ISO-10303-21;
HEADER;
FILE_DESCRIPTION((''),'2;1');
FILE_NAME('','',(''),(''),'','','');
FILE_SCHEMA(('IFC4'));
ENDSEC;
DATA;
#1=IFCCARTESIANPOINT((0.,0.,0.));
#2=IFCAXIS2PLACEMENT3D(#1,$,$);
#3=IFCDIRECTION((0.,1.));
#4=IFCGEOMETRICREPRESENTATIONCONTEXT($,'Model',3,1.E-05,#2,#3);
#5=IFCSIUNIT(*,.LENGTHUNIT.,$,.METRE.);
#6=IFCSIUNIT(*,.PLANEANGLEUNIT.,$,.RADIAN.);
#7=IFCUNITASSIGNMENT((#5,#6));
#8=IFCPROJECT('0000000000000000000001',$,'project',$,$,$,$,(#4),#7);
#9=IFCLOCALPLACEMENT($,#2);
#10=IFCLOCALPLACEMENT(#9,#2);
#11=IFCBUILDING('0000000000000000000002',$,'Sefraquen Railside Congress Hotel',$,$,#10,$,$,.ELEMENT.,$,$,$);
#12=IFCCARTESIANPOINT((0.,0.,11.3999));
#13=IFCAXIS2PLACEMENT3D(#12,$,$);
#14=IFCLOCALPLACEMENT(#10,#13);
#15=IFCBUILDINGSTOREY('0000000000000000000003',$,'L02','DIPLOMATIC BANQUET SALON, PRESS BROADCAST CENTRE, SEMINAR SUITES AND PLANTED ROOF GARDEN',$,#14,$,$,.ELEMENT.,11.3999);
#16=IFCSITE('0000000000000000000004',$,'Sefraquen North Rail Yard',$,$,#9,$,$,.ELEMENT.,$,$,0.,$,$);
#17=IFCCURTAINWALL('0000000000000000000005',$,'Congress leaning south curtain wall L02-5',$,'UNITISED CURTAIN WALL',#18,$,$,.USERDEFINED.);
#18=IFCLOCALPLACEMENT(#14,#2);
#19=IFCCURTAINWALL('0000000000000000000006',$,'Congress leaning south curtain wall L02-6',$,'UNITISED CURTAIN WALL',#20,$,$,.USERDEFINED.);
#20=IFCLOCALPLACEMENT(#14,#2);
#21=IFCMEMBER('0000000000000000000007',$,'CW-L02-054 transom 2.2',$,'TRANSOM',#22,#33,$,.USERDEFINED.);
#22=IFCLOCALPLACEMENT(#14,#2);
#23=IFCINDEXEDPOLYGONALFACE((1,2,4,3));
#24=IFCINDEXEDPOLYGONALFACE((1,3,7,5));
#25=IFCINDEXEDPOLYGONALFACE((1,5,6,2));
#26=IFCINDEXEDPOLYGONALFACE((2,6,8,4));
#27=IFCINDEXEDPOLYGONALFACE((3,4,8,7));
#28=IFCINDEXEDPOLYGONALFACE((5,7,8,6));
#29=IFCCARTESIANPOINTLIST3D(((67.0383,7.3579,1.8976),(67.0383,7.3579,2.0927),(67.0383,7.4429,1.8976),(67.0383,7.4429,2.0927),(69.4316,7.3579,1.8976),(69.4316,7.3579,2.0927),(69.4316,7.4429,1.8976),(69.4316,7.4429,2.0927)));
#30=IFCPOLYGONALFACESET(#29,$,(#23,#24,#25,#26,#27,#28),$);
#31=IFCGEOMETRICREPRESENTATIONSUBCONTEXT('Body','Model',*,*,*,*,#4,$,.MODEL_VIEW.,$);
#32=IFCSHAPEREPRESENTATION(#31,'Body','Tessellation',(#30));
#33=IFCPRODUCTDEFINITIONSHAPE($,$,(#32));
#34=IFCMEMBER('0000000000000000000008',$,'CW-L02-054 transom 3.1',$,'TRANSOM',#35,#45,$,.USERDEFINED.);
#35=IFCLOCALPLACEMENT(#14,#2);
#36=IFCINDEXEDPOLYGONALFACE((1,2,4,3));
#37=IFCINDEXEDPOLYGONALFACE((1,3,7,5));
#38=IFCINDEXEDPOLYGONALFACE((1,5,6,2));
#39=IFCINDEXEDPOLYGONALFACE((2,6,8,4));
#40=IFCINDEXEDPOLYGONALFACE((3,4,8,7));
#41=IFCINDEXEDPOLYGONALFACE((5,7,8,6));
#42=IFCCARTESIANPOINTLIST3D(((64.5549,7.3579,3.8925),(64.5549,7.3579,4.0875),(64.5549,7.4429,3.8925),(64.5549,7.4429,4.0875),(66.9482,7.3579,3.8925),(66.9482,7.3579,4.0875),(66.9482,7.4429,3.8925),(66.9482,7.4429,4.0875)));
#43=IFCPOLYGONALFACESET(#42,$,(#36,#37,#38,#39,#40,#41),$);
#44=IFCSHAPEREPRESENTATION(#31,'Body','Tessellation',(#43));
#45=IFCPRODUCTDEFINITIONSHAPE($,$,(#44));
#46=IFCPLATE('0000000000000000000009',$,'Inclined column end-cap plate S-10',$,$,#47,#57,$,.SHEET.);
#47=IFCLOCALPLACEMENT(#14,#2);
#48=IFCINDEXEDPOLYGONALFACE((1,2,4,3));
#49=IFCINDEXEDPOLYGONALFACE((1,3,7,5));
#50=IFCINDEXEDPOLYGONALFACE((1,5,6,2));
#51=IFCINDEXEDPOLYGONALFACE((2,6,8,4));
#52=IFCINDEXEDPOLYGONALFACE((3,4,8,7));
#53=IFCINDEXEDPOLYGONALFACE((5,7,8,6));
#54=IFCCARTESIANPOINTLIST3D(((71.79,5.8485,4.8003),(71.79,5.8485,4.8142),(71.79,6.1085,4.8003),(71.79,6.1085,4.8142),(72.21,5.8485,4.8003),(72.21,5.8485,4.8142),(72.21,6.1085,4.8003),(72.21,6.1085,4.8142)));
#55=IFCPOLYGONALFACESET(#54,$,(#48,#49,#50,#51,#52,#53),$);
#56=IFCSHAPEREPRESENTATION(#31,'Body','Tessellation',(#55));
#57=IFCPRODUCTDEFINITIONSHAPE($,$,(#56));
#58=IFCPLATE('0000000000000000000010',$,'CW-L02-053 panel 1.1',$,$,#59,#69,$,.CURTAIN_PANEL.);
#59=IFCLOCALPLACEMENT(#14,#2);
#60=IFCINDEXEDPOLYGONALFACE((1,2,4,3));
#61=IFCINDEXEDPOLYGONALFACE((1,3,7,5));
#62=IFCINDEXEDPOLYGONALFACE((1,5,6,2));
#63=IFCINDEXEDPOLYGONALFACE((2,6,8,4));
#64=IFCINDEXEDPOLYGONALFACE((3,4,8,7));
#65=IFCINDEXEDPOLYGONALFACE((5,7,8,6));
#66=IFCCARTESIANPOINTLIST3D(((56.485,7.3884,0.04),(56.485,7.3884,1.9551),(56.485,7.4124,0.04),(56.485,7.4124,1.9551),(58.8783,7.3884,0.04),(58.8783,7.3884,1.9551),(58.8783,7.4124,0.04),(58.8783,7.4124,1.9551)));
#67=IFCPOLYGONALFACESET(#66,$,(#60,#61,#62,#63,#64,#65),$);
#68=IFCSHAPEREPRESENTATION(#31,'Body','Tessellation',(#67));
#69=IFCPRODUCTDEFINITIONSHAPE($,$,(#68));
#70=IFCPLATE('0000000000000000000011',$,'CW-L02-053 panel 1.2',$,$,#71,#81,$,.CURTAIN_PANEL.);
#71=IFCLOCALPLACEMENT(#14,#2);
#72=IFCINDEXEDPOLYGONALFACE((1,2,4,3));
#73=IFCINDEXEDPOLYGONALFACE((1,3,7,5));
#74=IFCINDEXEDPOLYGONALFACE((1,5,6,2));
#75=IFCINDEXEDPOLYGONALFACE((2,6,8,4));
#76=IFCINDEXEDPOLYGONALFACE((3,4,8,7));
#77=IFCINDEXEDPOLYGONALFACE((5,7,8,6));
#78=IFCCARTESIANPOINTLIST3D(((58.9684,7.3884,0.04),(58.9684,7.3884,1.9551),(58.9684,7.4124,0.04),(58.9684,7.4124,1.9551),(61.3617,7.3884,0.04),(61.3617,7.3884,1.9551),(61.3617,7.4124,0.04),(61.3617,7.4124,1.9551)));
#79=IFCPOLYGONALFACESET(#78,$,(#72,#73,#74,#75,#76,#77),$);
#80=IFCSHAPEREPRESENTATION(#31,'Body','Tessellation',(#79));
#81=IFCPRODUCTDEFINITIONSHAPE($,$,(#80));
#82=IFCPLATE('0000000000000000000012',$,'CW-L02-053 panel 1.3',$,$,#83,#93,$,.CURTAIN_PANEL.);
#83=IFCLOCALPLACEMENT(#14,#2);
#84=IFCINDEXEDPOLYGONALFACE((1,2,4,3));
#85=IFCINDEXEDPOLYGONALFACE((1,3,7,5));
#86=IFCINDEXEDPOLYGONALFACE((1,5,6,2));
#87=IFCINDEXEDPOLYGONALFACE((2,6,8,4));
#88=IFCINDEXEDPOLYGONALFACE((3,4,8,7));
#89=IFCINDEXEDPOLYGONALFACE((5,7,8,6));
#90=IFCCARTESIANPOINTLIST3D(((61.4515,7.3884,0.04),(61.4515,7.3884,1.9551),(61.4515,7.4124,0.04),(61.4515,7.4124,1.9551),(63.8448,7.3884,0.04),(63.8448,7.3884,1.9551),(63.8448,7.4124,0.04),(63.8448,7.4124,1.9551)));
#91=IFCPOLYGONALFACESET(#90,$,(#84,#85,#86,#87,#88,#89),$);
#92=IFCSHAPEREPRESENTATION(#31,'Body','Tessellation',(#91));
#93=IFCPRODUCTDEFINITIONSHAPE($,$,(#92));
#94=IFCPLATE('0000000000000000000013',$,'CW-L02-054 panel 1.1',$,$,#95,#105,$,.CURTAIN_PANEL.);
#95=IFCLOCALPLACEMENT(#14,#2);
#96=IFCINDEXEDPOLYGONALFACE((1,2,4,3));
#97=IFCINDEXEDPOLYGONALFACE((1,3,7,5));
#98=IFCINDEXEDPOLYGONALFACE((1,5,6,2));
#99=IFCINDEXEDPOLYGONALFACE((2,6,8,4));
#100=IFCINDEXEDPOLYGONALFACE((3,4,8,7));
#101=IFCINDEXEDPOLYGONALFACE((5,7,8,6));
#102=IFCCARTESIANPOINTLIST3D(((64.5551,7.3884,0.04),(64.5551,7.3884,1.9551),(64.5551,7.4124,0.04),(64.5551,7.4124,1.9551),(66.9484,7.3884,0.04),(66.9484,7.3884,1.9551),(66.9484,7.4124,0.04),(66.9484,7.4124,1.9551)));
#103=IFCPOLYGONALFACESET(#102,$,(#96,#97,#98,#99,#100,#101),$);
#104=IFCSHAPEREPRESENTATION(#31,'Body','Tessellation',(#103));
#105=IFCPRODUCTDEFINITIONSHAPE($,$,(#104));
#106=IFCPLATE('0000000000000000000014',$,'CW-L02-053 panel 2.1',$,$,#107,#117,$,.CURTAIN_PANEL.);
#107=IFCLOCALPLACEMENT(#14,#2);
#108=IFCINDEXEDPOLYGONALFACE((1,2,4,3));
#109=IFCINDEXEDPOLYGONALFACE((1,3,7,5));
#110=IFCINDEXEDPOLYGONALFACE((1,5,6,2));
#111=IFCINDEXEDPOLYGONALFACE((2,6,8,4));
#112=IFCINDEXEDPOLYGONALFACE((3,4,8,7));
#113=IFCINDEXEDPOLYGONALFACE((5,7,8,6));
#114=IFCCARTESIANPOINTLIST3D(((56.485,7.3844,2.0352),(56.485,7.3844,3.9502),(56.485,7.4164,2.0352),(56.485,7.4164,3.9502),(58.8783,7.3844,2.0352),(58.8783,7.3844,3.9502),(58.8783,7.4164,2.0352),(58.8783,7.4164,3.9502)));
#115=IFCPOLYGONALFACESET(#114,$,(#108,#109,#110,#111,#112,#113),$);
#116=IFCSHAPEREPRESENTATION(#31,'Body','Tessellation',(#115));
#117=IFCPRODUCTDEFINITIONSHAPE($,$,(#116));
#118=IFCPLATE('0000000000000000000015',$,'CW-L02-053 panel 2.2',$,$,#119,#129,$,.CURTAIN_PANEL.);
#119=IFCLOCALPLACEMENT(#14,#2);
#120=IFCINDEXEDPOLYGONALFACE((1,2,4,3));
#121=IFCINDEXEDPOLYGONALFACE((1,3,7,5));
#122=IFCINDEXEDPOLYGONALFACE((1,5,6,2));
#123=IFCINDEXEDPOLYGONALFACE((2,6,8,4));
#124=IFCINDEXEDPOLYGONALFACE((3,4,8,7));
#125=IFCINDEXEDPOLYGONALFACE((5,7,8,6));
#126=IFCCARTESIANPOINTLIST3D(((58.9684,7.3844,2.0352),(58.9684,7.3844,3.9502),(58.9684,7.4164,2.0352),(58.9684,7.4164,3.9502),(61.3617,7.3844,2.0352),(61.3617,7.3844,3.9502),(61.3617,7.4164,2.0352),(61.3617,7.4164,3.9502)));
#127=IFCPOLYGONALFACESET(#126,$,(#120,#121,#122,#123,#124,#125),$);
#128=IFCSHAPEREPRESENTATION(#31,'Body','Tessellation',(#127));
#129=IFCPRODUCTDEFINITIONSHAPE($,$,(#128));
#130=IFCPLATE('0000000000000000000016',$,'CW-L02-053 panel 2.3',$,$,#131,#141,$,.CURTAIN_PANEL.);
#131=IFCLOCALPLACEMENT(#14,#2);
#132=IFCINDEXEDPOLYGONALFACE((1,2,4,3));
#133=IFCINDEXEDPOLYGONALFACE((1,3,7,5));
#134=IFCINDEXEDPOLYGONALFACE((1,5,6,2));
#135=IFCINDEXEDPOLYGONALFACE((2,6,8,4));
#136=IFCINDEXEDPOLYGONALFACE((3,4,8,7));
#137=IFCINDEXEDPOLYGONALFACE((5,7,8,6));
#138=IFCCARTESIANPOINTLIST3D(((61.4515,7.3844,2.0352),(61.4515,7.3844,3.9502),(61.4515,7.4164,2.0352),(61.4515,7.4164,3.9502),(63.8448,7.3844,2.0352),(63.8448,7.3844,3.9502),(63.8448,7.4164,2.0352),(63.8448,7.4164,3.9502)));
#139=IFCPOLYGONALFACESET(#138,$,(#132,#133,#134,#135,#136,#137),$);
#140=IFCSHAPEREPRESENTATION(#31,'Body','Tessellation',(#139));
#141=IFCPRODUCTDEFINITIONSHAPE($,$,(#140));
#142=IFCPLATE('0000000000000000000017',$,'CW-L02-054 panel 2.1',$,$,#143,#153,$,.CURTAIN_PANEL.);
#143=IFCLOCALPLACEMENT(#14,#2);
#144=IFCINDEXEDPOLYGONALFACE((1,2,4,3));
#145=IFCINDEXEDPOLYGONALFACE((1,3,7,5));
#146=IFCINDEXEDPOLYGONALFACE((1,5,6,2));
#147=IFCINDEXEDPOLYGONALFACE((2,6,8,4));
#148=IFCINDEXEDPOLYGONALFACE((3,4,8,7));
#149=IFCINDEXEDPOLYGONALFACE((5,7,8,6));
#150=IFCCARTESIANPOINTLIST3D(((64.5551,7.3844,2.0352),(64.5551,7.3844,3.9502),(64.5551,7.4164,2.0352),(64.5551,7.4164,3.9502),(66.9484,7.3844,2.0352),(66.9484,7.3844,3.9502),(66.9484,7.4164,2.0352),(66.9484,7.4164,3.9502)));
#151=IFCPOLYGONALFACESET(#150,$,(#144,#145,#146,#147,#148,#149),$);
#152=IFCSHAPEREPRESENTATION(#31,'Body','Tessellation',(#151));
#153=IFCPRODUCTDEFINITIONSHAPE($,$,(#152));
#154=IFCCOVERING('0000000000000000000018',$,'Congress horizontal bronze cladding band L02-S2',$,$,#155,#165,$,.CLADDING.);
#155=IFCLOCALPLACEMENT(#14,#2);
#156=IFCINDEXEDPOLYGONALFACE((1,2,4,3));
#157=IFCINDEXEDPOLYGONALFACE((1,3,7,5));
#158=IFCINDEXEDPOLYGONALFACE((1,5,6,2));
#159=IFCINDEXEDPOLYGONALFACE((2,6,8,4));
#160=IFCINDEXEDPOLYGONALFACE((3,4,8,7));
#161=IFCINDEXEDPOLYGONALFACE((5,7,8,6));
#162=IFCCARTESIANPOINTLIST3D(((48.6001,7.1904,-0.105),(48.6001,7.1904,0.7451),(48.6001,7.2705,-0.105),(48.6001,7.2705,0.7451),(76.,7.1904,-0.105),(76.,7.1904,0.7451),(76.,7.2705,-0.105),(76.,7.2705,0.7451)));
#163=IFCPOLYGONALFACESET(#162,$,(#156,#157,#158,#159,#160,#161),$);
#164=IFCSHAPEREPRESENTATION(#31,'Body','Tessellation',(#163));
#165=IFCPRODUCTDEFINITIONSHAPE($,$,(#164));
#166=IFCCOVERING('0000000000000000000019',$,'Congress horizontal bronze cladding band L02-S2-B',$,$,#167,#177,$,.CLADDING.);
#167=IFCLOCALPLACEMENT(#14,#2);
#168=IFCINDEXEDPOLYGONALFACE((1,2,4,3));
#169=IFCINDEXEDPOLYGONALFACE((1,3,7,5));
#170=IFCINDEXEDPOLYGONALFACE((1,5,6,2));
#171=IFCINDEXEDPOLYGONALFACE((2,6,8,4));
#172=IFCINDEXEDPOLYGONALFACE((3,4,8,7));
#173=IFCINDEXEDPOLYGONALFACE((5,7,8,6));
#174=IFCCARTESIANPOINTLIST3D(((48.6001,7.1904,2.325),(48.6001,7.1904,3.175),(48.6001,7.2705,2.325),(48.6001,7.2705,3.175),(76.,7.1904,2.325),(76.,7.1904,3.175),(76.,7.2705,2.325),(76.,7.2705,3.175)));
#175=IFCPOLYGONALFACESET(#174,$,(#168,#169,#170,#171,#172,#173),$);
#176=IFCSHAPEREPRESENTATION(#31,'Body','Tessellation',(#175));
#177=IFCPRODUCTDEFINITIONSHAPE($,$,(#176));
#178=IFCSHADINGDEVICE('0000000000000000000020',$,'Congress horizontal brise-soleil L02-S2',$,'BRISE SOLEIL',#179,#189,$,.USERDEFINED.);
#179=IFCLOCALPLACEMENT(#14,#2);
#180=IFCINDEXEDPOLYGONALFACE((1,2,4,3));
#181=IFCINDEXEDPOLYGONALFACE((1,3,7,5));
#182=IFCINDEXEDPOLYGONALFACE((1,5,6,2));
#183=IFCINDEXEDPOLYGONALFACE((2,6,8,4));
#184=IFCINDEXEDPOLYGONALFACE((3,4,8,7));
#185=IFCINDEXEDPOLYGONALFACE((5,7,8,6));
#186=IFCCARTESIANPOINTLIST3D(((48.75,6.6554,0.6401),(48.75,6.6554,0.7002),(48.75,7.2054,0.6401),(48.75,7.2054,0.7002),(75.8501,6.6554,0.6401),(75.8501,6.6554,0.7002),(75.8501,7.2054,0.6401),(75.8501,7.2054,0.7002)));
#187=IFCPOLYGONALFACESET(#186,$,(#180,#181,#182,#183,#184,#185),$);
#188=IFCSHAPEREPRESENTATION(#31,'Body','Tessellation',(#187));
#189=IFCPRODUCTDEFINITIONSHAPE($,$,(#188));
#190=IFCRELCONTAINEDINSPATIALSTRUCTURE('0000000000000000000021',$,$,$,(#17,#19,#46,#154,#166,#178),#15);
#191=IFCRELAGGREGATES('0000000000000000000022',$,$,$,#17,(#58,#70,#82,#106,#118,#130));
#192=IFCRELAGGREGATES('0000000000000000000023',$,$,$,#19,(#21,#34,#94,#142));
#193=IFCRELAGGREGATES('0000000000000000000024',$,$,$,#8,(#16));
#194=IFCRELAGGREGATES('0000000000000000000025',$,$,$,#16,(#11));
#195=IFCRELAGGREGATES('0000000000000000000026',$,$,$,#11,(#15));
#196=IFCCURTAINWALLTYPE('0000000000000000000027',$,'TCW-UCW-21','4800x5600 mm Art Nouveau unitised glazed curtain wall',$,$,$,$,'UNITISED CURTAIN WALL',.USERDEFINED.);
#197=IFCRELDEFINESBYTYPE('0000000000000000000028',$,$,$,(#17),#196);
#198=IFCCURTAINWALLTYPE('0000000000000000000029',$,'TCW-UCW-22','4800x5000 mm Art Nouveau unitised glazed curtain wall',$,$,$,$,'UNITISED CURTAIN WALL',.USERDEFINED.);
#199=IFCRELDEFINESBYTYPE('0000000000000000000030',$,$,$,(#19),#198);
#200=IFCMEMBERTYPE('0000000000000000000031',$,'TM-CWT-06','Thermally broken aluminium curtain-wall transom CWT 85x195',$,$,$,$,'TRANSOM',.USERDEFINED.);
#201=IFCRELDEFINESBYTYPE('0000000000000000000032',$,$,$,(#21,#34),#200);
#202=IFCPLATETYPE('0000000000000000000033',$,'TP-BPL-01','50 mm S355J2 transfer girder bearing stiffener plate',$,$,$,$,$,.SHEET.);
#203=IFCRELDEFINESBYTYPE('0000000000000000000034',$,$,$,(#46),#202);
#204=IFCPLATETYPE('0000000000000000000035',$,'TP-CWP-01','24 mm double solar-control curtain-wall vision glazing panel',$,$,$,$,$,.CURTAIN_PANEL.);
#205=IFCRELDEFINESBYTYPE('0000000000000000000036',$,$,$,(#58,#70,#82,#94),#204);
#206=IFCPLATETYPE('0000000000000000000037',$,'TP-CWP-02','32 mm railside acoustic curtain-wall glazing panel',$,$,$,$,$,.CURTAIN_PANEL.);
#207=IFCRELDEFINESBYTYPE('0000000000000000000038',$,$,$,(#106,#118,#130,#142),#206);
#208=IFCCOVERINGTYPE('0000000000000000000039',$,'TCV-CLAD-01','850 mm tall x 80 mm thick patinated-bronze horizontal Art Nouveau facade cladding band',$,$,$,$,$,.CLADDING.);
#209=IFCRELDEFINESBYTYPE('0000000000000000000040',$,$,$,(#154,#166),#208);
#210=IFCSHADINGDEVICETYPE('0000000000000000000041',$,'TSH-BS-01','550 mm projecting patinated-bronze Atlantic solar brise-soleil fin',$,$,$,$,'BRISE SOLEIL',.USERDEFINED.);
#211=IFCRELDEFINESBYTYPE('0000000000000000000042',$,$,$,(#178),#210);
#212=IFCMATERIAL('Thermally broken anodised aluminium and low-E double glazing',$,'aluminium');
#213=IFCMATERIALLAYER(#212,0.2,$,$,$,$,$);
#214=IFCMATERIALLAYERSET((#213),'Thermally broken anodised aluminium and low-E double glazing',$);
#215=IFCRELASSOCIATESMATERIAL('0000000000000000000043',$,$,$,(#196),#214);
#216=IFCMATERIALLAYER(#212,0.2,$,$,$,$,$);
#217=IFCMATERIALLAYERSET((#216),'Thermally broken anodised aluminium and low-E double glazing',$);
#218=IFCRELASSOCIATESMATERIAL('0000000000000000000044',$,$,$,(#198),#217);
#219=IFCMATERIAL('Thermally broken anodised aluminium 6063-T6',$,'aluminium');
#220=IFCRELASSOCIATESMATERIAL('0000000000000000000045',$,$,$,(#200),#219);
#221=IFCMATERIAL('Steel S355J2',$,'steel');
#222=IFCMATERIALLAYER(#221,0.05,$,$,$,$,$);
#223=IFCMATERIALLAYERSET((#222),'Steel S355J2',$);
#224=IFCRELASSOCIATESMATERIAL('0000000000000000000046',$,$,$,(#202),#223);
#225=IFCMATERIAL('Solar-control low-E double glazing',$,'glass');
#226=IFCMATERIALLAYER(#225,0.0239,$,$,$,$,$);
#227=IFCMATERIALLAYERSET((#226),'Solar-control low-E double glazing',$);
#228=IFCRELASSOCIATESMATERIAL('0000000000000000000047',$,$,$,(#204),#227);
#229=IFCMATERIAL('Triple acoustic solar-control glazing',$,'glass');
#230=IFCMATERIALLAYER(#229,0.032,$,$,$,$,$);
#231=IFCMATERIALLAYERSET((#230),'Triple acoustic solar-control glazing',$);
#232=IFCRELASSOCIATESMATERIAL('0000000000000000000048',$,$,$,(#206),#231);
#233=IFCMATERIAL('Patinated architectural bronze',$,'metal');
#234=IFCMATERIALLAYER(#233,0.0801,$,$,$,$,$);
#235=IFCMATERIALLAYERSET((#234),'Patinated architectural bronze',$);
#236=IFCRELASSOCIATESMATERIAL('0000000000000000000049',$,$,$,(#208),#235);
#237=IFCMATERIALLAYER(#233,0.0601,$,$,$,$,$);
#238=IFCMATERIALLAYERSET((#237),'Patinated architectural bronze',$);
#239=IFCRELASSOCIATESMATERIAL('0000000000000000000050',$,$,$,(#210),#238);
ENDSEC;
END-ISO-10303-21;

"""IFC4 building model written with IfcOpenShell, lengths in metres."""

from ifc_helpers import new_model, si_unit, direction, frame, origin, origin_2d, place, context, subcontext, project, spatial, rectangle, extrude, material, layer, layer_set, material_profile, profile_set, type_object, element, aggregate, save


model = new_model("IFC4")

# Units and contexts
model_context = context("Model", 3, precision=1e-05, world=origin(), true_north=direction((0.0, 1.0)))
body_context = subcontext(model_context, "Body", "Model", "MODEL_VIEW")
ifc_project = project(units=[si_unit("LENGTHUNIT", "METRE"), si_unit("PLANEANGLEUNIT", "RADIAN")], contexts=[model_context])

# Site, building, storey
site_placement = place(None, origin())
site = spatial("IfcSite", under=ifc_project, at=site_placement, Name="Sefraquen North Rail Yard", CompositionType="ELEMENT", RefElevation=0.0)
building_placement = place(site_placement, origin())
building = spatial("IfcBuilding", under=site, at=building_placement, Name="Sefraquen Railside Congress Hotel", CompositionType="ELEMENT")
storey_placement = place(building_placement, frame((0.0, 0.0, 11.3999)))
storey = spatial("IfcBuildingStorey", under=building, at=storey_placement, Name="L02", Description="DIPLOMATIC BANQUET SALON, PRESS BROADCAST CENTRE, SEMINAR SUITES AND PLANTED ROOF GARDEN", CompositionType="ELEMENT", Elevation=11.3999)

# Curtain wall
ifc_material_1 = material(Name="Thermally broken anodised aluminium and low-E double glazing", Category="aluminium")
ifc_layer_1 = layer(ifc_material_1, 0.2)
ifc_layer_set_1 = layer_set([ifc_layer_1], Name="Thermally broken anodised aluminium and low-E double glazing")
curtain_wall_type_1 = type_object("IfcCurtainWallType", Name="TCW-UCW-21", Description="4800x5600 mm Art Nouveau unitised glazed curtain wall", ElementType="UNITISED CURTAIN WALL", PredefinedType="USERDEFINED", material=ifc_layer_set_1)
curtain_wall_1_placement = place(storey_placement, origin())
curtain_wall_1 = element("IfcCurtainWall", 1, at=curtain_wall_1_placement, inside=storey, type_object=curtain_wall_type_1, Name="Congress leaning south curtain wall L02-5", ObjectType="UNITISED CURTAIN WALL", PredefinedType="USERDEFINED")
ifc_material_2 = material(Name="Thermally broken anodised aluminium 6063-T6", Category="aluminium")

# Curtain wall
ifc_layer_2 = layer(ifc_material_1, 0.2)
ifc_layer_set_2 = layer_set([ifc_layer_2], Name="Thermally broken anodised aluminium and low-E double glazing")
curtain_wall_type_2 = type_object("IfcCurtainWallType", Name="TCW-UCW-22", Description="4800x5000 mm Art Nouveau unitised glazed curtain wall", ElementType="UNITISED CURTAIN WALL", PredefinedType="USERDEFINED", material=ifc_layer_set_2)
curtain_wall_2_placement = place(storey_placement, origin())
curtain_wall_2 = element("IfcCurtainWall", 2, at=curtain_wall_2_placement, inside=storey, type_object=curtain_wall_type_2, Name="Congress leaning south curtain wall L02-6", ObjectType="UNITISED CURTAIN WALL", PredefinedType="USERDEFINED")

# Members
ifc_material_profile_1 = material_profile(ifc_material_2, rectangle(XDim=0.085, YDim=0.1951, at=origin_2d()), Name="CWT 85x195")
ifc_profile_set_1 = profile_set([ifc_material_profile_1], Name="Thermally broken anodised aluminium 6063-T6")
member_type_1 = type_object("IfcMemberType", Name="TM-CWT-06", Description="Thermally broken aluminium curtain-wall transom CWT 85x195", ElementType="TRANSOM", PredefinedType="USERDEFINED", material=ifc_profile_set_1)
member_1_placement = place(storey_placement, frame((67.0383, 7.4004, 1.9951), z_axis=(1.0, 0.0, 0.0), x_axis=(0.0, 1.0, 0.0)))
member_1 = element("IfcMember", 3, at=member_1_placement, type_object=member_type_1, Name="CW-L02-054 transom 2.2", ObjectType="TRANSOM", PredefinedType="USERDEFINED", context=body_context, shape_type="SweptSolid", body=[
    extrude(rectangle(XDim=0.085, YDim=0.1951, at=origin_2d()), origin(), (0.0, 0.0, 1.0), 2.3933),
])
member_2_placement = place(storey_placement, frame((64.5549, 7.4004, 3.99), z_axis=(1.0, 0.0, 0.0), x_axis=(0.0, 1.0, 0.0)))
member_2 = element("IfcMember", 4, at=member_2_placement, type_object=member_type_1, Name="CW-L02-054 transom 3.1", ObjectType="TRANSOM", PredefinedType="USERDEFINED", context=body_context, shape_type="SweptSolid", body=[
    extrude(rectangle(XDim=0.085, YDim=0.1951, at=origin_2d()), origin(), (0.0, 0.0, 1.0), 2.3933),
])

# Plates
ifc_material_3 = material(Name="Steel S355J2", Category="steel")
ifc_layer_3 = layer(ifc_material_3, 0.05)
ifc_layer_set_3 = layer_set([ifc_layer_3], Name="Steel S355J2")
plate_type_1 = type_object("IfcPlateType", Name="TP-BPL-01", Description="50 mm S355J2 transfer girder bearing stiffener plate", PredefinedType="SHEET", material=ifc_layer_set_3)
plate_1_placement = place(storey_placement, frame((72.0, 5.9785, 4.8003), z_axis=(0.0, 0.0, 1.0), x_axis=(1.0, 0.0, 0.0)))
element("IfcPlate", 5, at=plate_1_placement, inside=storey, type_object=plate_type_1, Name="Inclined column end-cap plate S-10", PredefinedType="SHEET", context=body_context, shape_type="SweptSolid", body=[
    extrude(rectangle(XDim=0.4199, YDim=0.26, at=origin_2d()), origin(), (0.0, 0.0, 1.0), 0.0139),
])
ifc_material_4 = material(Name="Solar-control low-E double glazing", Category="glass")
ifc_layer_4 = layer(ifc_material_4, 0.0239)
ifc_layer_set_4 = layer_set([ifc_layer_4], Name="Solar-control low-E double glazing")
plate_type_2 = type_object("IfcPlateType", Name="TP-CWP-01", Description="24 mm double solar-control curtain-wall vision glazing panel", PredefinedType="CURTAIN_PANEL", material=ifc_layer_set_4)
plate_2_placement = place(storey_placement, frame((57.6816, 7.4004, 0.04), z_axis=(0.0, 0.0, 1.0), x_axis=(1.0, 0.0, 0.0)))
plate_2 = element("IfcPlate", 6, at=plate_2_placement, type_object=plate_type_2, Name="CW-L02-053 panel 1.1", PredefinedType="CURTAIN_PANEL", context=body_context, shape_type="SweptSolid", body=[
    extrude(rectangle(XDim=2.3933, YDim=0.0239, at=origin_2d()), origin(), (0.0, 0.0, 1.0), 1.915),
])
plate_3_placement = place(storey_placement, frame((60.165, 7.4004, 0.04), z_axis=(0.0, 0.0, 1.0), x_axis=(1.0, 0.0, 0.0)))
plate_3 = element("IfcPlate", 7, at=plate_3_placement, type_object=plate_type_2, Name="CW-L02-053 panel 1.2", PredefinedType="CURTAIN_PANEL", context=body_context, shape_type="SweptSolid", body=[
    extrude(rectangle(XDim=2.3933, YDim=0.0239, at=origin_2d()), origin(), (0.0, 0.0, 1.0), 1.915),
])
plate_4_placement = place(storey_placement, frame((62.6482, 7.4004, 0.04), z_axis=(0.0, 0.0, 1.0), x_axis=(1.0, 0.0, 0.0)))
plate_4 = element("IfcPlate", 8, at=plate_4_placement, type_object=plate_type_2, Name="CW-L02-053 panel 1.3", PredefinedType="CURTAIN_PANEL", context=body_context, shape_type="SweptSolid", body=[
    extrude(rectangle(XDim=2.3933, YDim=0.0239, at=origin_2d()), origin(), (0.0, 0.0, 1.0), 1.915),
])
plate_5_placement = place(storey_placement, frame((65.7517, 7.4004, 0.04), z_axis=(0.0, 0.0, 1.0), x_axis=(1.0, 0.0, 0.0)))
plate_5 = element("IfcPlate", 9, at=plate_5_placement, type_object=plate_type_2, Name="CW-L02-054 panel 1.1", PredefinedType="CURTAIN_PANEL", context=body_context, shape_type="SweptSolid", body=[
    extrude(rectangle(XDim=2.3933, YDim=0.0239, at=origin_2d()), origin(), (0.0, 0.0, 1.0), 1.915),
])
ifc_material_5 = material(Name="Triple acoustic solar-control glazing", Category="glass")
ifc_layer_5 = layer(ifc_material_5, 0.032)
ifc_layer_set_5 = layer_set([ifc_layer_5], Name="Triple acoustic solar-control glazing")
plate_type_3 = type_object("IfcPlateType", Name="TP-CWP-02", Description="32 mm railside acoustic curtain-wall glazing panel", PredefinedType="CURTAIN_PANEL", material=ifc_layer_set_5)
plate_6_placement = place(storey_placement, frame((57.6816, 7.4004, 2.0352), z_axis=(0.0, 0.0, 1.0), x_axis=(1.0, 0.0, 0.0)))
plate_6 = element("IfcPlate", 10, at=plate_6_placement, type_object=plate_type_3, Name="CW-L02-053 panel 2.1", PredefinedType="CURTAIN_PANEL", context=body_context, shape_type="SweptSolid", body=[
    extrude(rectangle(XDim=2.3933, YDim=0.032, at=origin_2d()), origin(), (0.0, 0.0, 1.0), 1.915),
])
plate_7_placement = place(storey_placement, frame((60.165, 7.4004, 2.0352), z_axis=(0.0, 0.0, 1.0), x_axis=(1.0, 0.0, 0.0)))
plate_7 = element("IfcPlate", 11, at=plate_7_placement, type_object=plate_type_3, Name="CW-L02-053 panel 2.2", PredefinedType="CURTAIN_PANEL", context=body_context, shape_type="SweptSolid", body=[
    extrude(rectangle(XDim=2.3933, YDim=0.032, at=origin_2d()), origin(), (0.0, 0.0, 1.0), 1.915),
])
plate_8_placement = place(storey_placement, frame((62.6482, 7.4004, 2.0352), z_axis=(0.0, 0.0, 1.0), x_axis=(1.0, 0.0, 0.0)))
plate_8 = element("IfcPlate", 12, at=plate_8_placement, type_object=plate_type_3, Name="CW-L02-053 panel 2.3", PredefinedType="CURTAIN_PANEL", context=body_context, shape_type="SweptSolid", body=[
    extrude(rectangle(XDim=2.3933, YDim=0.032, at=origin_2d()), origin(), (0.0, 0.0, 1.0), 1.915),
])
aggregate(curtain_wall_1, [plate_2, plate_3, plate_4, plate_6, plate_7, plate_8])
plate_9_placement = place(storey_placement, frame((65.7517, 7.4004, 2.0352), z_axis=(0.0, 0.0, 1.0), x_axis=(1.0, 0.0, 0.0)))
plate_9 = element("IfcPlate", 13, at=plate_9_placement, type_object=plate_type_3, Name="CW-L02-054 panel 2.1", PredefinedType="CURTAIN_PANEL", context=body_context, shape_type="SweptSolid", body=[
    extrude(rectangle(XDim=2.3933, YDim=0.032, at=origin_2d()), origin(), (0.0, 0.0, 1.0), 1.915),
])
aggregate(curtain_wall_2, [member_1, member_2, plate_5, plate_9])

# Coverings
ifc_material_6 = material(Name="Patinated architectural bronze", Category="metal")
ifc_layer_6 = layer(ifc_material_6, 0.0801)
ifc_layer_set_6 = layer_set([ifc_layer_6], Name="Patinated architectural bronze")
covering_type = type_object("IfcCoveringType", Name="TCV-CLAD-01", Description="850 mm tall x 80 mm thick patinated-bronze horizontal Art Nouveau facade cladding band", PredefinedType="CLADDING", material=ifc_layer_set_6)
for number, where, z_axis, x_axis, name in (
    (14, (62.3, 7.2305, -0.105), (0.0, 0.0, 1.0), (1.0, 0.0, 0.0), "Congress horizontal bronze cladding band L02-S2"),
    (15, (62.3, 7.2305, 2.325), (0.0, 0.0, 1.0), (1.0, 0.0, 0.0), "Congress horizontal bronze cladding band L02-S2-B"),
):
    element("IfcCovering", number, at=place(storey_placement, frame(where, z_axis=z_axis, x_axis=x_axis)), inside=storey, type_object=covering_type, Name=name, PredefinedType="CLADDING", context=body_context, shape_type="SweptSolid", body=[
        extrude(rectangle(XDim=27.3999, YDim=0.0801, at=origin_2d()), origin(), (0.0, 0.0, 1.0), 0.8501),
    ])

# Shading device
ifc_layer_7 = layer(ifc_material_6, 0.0601)
ifc_layer_set_7 = layer_set([ifc_layer_7], Name="Patinated architectural bronze")
shading_device_type = type_object("IfcShadingDeviceType", Name="TSH-BS-01", Description="550 mm projecting patinated-bronze Atlantic solar brise-soleil fin", ElementType="BRISE SOLEIL", PredefinedType="USERDEFINED", material=ifc_layer_set_7)
for number, where, z_axis, x_axis, name in (
    (16, (62.3, 6.9304, 0.6401), (0.0, 0.0, 1.0), (1.0, 0.0, 0.0), "Congress horizontal brise-soleil L02-S2"),
):
    element("IfcShadingDevice", number, at=place(storey_placement, frame(where, z_axis=z_axis, x_axis=x_axis)), inside=storey, type_object=shading_device_type, Name=name, ObjectType="BRISE SOLEIL", PredefinedType="USERDEFINED", context=body_context, shape_type="SweptSolid", body=[
        extrude(rectangle(XDim=27.1001, YDim=0.55, at=origin_2d()), origin(), (0.0, 0.0, 1.0), 0.0601),
    ])

save(model, "model.ifc")
